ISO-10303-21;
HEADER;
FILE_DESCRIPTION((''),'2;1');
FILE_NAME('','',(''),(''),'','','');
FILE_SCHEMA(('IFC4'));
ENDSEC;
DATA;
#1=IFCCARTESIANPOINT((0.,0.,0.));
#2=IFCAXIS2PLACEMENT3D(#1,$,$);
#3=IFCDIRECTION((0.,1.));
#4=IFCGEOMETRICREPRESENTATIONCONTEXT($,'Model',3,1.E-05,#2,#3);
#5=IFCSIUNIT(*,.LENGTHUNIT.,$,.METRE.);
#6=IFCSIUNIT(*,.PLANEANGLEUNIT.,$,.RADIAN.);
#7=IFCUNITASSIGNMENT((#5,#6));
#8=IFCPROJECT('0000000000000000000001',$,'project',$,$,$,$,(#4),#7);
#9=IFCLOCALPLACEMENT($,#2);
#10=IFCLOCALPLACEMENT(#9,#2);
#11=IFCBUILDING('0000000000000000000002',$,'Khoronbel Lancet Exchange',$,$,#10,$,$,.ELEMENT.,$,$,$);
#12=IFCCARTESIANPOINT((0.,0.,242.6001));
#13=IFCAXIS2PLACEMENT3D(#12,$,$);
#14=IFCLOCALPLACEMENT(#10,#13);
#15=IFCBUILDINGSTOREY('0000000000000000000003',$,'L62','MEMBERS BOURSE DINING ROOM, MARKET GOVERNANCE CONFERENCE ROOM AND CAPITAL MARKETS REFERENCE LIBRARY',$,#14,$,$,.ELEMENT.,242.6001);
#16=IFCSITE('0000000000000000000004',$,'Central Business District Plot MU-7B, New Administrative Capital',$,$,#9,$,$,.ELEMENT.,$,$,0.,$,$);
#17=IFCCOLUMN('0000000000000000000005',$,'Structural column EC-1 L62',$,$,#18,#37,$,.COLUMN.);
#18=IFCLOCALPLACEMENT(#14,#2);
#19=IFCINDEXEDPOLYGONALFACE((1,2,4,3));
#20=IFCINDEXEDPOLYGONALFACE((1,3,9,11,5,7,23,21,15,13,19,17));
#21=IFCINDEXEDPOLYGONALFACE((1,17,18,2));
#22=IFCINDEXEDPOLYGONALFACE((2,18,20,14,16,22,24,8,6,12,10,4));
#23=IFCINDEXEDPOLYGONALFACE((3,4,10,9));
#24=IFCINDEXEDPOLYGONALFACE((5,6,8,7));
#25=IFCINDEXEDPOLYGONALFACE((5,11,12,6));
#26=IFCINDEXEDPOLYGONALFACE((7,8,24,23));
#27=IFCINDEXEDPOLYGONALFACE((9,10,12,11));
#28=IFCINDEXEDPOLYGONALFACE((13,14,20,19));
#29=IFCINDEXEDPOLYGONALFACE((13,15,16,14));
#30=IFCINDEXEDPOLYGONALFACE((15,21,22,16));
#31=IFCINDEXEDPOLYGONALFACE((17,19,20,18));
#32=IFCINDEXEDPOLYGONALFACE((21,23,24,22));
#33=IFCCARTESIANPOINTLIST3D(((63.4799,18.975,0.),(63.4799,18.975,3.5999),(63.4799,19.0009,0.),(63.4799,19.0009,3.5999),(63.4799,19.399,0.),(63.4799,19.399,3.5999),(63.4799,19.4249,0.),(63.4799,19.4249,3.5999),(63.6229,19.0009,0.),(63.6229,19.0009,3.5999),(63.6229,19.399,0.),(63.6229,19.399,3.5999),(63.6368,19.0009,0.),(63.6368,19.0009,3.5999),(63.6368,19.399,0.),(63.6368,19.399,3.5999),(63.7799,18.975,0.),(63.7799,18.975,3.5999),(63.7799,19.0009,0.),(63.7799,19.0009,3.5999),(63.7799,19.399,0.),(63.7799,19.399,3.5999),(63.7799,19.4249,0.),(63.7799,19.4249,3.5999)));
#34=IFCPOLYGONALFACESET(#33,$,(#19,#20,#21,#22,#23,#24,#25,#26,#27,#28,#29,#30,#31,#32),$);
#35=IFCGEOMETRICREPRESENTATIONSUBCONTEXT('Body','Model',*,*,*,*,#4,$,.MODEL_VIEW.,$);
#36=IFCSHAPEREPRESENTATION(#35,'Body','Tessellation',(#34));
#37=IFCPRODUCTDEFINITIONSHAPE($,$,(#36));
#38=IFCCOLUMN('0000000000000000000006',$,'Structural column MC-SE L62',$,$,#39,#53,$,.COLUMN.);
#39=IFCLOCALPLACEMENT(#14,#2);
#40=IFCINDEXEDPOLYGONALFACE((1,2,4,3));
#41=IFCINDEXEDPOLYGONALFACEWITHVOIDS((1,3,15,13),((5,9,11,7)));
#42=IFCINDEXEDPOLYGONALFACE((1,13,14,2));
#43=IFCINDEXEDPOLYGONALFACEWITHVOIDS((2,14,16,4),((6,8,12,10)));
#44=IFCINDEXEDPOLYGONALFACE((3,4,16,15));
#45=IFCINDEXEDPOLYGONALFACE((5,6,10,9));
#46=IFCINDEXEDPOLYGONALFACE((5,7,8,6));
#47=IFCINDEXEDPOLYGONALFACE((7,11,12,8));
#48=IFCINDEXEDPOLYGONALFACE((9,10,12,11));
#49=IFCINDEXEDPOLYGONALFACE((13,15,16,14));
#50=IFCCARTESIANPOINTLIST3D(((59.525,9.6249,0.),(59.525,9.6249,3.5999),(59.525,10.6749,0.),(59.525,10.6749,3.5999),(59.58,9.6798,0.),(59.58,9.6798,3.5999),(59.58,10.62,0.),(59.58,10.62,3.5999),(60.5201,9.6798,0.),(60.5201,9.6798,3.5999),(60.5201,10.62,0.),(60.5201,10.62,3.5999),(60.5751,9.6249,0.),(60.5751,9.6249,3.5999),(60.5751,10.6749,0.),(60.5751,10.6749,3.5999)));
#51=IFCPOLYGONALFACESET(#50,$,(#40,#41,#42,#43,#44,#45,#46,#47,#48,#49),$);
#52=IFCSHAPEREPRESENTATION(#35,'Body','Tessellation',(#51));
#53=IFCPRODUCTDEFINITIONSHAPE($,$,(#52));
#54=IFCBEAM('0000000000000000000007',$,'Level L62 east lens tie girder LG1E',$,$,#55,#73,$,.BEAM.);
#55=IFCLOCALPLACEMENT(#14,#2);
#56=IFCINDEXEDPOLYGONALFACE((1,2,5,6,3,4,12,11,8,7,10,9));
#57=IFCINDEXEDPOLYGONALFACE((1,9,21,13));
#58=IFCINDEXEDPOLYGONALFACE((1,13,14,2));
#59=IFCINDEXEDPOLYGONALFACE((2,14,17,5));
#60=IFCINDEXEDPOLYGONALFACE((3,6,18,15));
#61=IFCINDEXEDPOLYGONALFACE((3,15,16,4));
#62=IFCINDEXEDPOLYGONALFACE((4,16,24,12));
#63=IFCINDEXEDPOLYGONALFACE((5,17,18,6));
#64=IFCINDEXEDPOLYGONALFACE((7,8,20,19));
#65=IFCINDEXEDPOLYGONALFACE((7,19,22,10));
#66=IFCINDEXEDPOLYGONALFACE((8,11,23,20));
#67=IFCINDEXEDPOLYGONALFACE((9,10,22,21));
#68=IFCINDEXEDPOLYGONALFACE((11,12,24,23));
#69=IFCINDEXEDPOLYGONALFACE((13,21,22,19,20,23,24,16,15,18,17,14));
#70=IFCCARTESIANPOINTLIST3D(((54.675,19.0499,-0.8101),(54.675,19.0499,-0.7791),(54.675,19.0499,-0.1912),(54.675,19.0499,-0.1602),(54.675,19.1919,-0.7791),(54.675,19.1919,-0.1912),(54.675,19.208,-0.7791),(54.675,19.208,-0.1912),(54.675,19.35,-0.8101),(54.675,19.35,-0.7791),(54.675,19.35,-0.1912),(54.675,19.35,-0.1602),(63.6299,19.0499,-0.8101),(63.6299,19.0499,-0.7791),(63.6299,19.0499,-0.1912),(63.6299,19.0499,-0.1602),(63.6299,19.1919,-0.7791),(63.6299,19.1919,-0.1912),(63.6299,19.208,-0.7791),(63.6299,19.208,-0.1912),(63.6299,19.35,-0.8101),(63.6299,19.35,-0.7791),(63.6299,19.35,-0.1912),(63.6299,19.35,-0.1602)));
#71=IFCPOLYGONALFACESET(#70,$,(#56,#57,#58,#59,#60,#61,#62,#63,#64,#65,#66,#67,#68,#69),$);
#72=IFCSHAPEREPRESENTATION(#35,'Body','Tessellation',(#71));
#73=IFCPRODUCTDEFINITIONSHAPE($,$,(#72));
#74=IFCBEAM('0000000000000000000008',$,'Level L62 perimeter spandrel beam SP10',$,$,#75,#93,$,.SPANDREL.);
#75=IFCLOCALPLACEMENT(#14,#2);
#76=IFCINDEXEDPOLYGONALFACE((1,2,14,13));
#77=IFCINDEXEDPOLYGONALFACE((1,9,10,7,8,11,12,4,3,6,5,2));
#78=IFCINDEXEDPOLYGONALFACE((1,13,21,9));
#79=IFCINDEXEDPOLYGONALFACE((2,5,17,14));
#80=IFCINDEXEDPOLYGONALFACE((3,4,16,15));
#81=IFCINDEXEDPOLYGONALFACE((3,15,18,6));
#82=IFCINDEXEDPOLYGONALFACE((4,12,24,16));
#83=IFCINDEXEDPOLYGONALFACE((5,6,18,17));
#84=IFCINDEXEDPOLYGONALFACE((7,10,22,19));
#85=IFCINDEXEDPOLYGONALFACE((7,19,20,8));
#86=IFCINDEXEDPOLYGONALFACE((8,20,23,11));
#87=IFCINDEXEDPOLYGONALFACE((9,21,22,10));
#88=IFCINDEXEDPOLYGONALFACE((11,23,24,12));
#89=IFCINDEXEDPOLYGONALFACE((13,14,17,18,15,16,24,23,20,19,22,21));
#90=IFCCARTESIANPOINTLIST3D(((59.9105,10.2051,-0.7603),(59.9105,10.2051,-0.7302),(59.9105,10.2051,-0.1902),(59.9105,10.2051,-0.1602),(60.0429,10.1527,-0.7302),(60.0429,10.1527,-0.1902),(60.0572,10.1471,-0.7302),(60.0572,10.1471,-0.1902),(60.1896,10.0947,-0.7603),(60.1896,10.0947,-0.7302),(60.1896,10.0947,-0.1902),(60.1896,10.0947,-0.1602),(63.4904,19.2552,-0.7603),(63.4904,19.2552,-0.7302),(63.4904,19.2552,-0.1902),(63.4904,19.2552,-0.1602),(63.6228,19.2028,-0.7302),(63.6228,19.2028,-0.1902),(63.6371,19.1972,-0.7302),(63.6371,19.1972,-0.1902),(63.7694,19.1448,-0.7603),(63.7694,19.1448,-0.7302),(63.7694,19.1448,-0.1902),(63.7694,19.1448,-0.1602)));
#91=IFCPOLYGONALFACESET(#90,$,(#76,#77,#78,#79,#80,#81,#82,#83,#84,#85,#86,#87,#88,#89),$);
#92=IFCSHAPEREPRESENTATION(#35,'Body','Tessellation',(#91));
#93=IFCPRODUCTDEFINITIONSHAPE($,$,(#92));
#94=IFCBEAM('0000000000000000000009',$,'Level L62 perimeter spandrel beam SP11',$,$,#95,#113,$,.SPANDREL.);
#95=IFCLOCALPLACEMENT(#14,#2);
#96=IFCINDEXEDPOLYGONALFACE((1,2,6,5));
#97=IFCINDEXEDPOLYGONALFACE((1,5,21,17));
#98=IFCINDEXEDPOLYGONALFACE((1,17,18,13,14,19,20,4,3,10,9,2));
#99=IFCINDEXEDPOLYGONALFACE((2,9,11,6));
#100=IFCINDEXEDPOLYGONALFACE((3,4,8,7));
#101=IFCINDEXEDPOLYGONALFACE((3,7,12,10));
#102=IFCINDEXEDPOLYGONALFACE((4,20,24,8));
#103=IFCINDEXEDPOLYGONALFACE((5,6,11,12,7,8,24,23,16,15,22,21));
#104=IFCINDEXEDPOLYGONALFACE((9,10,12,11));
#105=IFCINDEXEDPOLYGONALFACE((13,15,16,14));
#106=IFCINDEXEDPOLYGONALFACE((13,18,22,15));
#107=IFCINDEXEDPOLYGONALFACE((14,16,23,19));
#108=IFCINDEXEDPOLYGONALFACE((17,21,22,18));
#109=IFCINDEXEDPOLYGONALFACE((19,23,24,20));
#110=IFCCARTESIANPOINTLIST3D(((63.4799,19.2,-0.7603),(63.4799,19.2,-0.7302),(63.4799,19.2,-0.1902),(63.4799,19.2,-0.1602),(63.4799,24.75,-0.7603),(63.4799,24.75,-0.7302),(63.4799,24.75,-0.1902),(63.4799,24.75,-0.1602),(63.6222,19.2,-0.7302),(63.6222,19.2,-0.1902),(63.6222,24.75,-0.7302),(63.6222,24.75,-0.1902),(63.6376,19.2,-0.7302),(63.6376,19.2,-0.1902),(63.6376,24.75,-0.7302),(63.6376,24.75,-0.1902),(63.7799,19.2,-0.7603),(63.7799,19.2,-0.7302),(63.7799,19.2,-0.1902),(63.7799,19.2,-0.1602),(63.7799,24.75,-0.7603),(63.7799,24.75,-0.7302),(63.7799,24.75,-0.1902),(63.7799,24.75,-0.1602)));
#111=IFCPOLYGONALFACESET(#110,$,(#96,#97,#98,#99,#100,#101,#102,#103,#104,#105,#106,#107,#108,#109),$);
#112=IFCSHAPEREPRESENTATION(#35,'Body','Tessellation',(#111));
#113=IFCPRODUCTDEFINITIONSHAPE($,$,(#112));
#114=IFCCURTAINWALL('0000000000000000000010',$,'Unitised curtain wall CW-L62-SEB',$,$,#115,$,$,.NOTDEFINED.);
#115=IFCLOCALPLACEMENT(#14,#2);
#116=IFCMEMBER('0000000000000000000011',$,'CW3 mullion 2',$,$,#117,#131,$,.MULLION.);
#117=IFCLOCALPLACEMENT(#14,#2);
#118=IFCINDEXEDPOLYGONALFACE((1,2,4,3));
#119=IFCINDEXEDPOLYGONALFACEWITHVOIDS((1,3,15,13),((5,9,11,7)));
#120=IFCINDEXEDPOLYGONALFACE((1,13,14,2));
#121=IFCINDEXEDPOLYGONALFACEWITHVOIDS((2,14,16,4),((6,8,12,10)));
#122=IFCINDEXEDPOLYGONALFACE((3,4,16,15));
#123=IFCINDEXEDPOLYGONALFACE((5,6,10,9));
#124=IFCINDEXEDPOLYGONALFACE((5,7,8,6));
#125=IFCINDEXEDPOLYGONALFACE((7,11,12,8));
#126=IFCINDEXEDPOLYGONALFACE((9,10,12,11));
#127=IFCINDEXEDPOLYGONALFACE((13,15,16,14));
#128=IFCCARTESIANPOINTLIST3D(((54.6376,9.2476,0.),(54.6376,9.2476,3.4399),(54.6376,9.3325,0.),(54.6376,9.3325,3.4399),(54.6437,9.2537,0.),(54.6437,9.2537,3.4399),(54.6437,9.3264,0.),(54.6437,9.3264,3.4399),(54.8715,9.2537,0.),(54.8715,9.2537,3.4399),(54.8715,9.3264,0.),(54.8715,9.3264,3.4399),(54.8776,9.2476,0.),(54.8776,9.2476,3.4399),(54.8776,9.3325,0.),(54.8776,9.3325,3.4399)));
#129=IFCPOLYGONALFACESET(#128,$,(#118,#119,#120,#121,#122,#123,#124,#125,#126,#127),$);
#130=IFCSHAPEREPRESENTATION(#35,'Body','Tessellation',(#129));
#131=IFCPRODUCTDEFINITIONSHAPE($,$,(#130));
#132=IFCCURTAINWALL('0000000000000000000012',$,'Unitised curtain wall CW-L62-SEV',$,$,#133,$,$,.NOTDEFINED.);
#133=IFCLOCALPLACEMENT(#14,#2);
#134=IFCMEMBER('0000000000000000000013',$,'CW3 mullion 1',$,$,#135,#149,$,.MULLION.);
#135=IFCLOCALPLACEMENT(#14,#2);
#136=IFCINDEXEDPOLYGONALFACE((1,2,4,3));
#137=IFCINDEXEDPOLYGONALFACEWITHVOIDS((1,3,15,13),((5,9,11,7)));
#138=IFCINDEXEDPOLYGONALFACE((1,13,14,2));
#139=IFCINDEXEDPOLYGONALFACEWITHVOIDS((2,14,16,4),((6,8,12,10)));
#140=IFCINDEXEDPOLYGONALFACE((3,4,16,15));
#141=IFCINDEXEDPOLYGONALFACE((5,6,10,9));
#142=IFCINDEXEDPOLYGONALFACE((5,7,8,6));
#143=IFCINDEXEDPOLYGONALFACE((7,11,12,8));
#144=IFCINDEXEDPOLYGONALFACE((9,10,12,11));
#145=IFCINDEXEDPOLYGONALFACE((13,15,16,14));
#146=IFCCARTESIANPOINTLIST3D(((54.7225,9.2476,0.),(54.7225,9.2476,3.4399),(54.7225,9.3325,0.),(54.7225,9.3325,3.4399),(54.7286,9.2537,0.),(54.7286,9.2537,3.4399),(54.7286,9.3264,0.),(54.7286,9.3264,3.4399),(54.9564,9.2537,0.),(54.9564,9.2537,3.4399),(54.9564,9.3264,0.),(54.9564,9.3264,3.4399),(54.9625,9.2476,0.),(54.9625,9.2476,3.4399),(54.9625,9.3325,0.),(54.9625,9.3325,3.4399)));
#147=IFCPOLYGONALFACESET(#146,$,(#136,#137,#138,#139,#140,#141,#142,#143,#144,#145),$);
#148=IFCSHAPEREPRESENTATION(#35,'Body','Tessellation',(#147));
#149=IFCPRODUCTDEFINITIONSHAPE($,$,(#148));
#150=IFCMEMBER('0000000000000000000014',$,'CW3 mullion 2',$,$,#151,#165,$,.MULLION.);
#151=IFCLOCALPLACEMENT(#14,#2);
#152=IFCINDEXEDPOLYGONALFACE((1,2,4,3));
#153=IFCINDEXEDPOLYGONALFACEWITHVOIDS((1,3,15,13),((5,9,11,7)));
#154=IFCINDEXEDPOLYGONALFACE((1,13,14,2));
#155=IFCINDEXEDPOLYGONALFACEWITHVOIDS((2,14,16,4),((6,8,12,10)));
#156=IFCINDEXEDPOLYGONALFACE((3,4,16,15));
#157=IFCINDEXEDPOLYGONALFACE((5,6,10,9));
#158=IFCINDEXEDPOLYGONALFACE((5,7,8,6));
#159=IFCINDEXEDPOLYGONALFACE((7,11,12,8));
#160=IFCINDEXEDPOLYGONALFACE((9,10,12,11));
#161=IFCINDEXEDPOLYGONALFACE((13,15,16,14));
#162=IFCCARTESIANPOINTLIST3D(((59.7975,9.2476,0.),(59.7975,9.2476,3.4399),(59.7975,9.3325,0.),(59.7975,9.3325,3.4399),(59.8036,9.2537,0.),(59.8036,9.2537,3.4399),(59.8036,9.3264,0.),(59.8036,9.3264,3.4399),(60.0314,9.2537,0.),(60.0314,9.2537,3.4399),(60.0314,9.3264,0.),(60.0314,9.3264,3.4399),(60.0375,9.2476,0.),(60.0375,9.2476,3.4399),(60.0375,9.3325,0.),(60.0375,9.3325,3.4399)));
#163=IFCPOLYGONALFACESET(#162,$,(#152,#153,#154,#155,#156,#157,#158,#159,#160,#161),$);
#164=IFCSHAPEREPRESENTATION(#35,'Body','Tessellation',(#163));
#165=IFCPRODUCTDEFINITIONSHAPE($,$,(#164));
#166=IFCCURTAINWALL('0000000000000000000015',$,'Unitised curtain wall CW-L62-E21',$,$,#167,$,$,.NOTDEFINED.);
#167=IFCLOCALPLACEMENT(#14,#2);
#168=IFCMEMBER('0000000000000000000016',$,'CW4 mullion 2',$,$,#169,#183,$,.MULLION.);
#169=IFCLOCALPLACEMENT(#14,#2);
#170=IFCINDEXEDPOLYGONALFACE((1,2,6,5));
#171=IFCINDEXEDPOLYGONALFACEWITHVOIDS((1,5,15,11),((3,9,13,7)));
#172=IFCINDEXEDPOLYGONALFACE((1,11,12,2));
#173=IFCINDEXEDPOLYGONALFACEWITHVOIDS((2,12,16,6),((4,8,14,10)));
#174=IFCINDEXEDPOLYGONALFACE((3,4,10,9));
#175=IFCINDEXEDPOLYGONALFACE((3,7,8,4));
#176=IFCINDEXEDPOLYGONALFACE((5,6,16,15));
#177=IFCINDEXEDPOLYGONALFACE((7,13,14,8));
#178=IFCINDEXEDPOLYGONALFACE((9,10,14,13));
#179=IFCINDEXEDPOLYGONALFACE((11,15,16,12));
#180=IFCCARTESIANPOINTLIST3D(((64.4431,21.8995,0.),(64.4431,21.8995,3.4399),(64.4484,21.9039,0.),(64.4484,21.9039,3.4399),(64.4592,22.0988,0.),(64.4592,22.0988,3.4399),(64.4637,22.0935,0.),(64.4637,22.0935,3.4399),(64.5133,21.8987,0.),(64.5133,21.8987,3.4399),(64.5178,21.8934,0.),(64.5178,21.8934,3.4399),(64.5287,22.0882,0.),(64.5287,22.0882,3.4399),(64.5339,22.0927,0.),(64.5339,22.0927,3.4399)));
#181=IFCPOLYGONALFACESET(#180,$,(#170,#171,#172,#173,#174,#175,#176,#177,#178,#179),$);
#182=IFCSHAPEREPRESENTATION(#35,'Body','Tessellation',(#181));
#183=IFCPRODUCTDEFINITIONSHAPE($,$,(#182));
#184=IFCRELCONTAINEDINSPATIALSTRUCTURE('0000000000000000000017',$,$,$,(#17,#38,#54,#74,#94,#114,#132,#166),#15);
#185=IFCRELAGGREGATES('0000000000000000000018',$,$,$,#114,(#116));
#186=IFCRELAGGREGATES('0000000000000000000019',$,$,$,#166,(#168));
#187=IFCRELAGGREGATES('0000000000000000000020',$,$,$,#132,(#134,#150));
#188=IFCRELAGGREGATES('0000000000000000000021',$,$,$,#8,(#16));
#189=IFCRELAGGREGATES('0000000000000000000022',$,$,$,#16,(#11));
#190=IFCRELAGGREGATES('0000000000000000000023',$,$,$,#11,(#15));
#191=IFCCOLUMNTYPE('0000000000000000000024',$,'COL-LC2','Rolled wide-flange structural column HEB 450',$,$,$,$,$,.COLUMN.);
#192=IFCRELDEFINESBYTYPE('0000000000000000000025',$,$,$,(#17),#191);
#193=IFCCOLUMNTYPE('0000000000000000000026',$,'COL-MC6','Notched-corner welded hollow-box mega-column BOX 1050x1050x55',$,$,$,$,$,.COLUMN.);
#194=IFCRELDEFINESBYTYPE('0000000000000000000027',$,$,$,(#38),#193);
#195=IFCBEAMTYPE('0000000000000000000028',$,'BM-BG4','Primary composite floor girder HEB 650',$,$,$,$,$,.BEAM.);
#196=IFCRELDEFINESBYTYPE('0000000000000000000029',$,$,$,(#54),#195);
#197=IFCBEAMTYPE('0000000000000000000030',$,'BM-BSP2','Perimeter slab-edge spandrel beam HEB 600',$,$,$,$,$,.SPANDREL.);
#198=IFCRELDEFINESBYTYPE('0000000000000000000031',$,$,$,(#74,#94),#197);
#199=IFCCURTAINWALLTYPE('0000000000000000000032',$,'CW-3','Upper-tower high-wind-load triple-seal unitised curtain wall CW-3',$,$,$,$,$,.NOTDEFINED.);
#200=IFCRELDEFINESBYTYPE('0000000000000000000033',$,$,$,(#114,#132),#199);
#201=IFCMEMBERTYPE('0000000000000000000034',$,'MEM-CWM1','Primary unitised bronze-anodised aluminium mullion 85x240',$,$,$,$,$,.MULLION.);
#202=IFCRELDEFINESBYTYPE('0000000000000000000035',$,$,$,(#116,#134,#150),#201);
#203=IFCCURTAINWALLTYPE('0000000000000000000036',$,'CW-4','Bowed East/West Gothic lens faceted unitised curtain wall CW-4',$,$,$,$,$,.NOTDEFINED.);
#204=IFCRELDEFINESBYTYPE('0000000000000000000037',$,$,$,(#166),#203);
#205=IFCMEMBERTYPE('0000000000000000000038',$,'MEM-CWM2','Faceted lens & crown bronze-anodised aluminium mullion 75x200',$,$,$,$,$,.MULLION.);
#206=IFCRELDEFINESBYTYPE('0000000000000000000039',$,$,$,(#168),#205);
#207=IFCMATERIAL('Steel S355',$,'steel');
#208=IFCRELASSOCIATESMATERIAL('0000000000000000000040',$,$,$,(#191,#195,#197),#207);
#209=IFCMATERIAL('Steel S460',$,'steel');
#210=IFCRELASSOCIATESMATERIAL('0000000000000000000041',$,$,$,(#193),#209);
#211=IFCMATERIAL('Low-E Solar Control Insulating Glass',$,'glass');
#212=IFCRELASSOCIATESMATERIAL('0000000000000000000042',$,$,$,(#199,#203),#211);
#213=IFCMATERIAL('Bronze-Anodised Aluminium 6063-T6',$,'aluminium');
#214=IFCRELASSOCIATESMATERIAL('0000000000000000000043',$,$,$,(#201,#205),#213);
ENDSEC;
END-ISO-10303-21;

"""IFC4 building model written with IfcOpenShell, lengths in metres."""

from ifc_helpers import new_model, si_unit, direction, frame, origin, origin_2d, place, context, subcontext, project, spatial, hollow_rectangle, i_section, extrude, material, material_profile, profile_set, type_object, element, aggregate, save


model = new_model("IFC4")

# Units and contexts
model_context = context("Model", 3, precision=1e-05, world=origin(), true_north=direction((0.0, 1.0)))
body_context = subcontext(model_context, "Body", "Model", "MODEL_VIEW")
ifc_project = project(units=[si_unit("LENGTHUNIT", "METRE"), si_unit("PLANEANGLEUNIT", "RADIAN")], contexts=[model_context])

# Site, building, storey
site_placement = place(None, origin())
site = spatial("IfcSite", under=ifc_project, at=site_placement, Name="Central Business District Plot MU-7B, New Administrative Capital", CompositionType="ELEMENT", RefElevation=0.0)
building_placement = place(site_placement, origin())
building = spatial("IfcBuilding", under=site, at=building_placement, Name="Khoronbel Lancet Exchange", CompositionType="ELEMENT")
storey_placement = place(building_placement, frame((0.0, 0.0, 242.6001)))
storey = spatial("IfcBuildingStorey", under=building, at=storey_placement, Name="L62", Description="MEMBERS BOURSE DINING ROOM, MARKET GOVERNANCE CONFERENCE ROOM AND CAPITAL MARKETS REFERENCE LIBRARY", CompositionType="ELEMENT", Elevation=242.6001)

# Columns
ifc_material_1 = material(Name="Steel S355", Category="steel")
ifc_material_profile_1 = material_profile(ifc_material_1, i_section(OverallWidth=0.3, OverallDepth=0.45, WebThickness=0.0139, FlangeThickness=0.0259, at=origin_2d()), Name="HEB 450")
ifc_profile_set_1 = profile_set([ifc_material_profile_1], Name="Steel S355")
column_type_1 = type_object("IfcColumnType", Name="COL-LC2", Description="Rolled wide-flange structural column HEB 450", PredefinedType="COLUMN", material=ifc_profile_set_1)
column_1_placement = place(storey_placement, frame((63.6299, 19.2, 0.0), z_axis=(0.0, 0.0, 1.0), x_axis=(1.0, 0.0, 0.0)))
element("IfcColumn", 1, at=column_1_placement, inside=storey, type_object=column_type_1, Name="Structural column EC-1 L62", PredefinedType="COLUMN", context=body_context, shape_type="SweptSolid", body=[
    extrude(i_section(OverallWidth=0.3, OverallDepth=0.45, WebThickness=0.0139, FlangeThickness=0.0259, at=origin_2d()), origin(), (0.0, 0.0, 1.0), 3.5999),
])
ifc_material_2 = material(Name="Steel S460", Category="steel")
ifc_material_profile_2 = material_profile(ifc_material_2, hollow_rectangle(XDim=1.05, YDim=1.05, WallThickness=0.0549, at=origin_2d()), Name="BOX 1050x1050x55")
ifc_profile_set_2 = profile_set([ifc_material_profile_2], Name="Steel S460")
column_type_2 = type_object("IfcColumnType", Name="COL-MC6", Description="Notched-corner welded hollow-box mega-column BOX 1050x1050x55", PredefinedType="COLUMN", material=ifc_profile_set_2)
column_2_placement = place(storey_placement, frame((60.05, 10.1499, 0.0), z_axis=(0.0, 0.0, 1.0), x_axis=(1.0, 0.0, 0.0)))
element("IfcColumn", 2, at=column_2_placement, inside=storey, type_object=column_type_2, Name="Structural column MC-SE L62", PredefinedType="COLUMN", context=body_context, shape_type="SweptSolid", body=[
    extrude(hollow_rectangle(XDim=1.05, YDim=1.05, WallThickness=0.0549, at=origin_2d()), origin(), (0.0, 0.0, 1.0), 3.5999),
])

# Beams
ifc_material_profile_3 = material_profile(ifc_material_1, i_section(OverallWidth=0.3, OverallDepth=0.6499, WebThickness=0.0161, FlangeThickness=0.031, at=origin_2d()), Name="HEB 650")
ifc_profile_set_3 = profile_set([ifc_material_profile_3], Name="Steel S355")
beam_type_1 = type_object("IfcBeamType", Name="BM-BG4", Description="Primary composite floor girder HEB 650", PredefinedType="BEAM", material=ifc_profile_set_3)
beam_1_placement = place(storey_placement, frame((54.675, 19.2, -0.4851), z_axis=(1.0, 0.0, 0.0), x_axis=(0.0, 1.0, 0.0)))
element("IfcBeam", 3, at=beam_1_placement, inside=storey, type_object=beam_type_1, Name="Level L62 east lens tie girder LG1E", PredefinedType="BEAM", context=body_context, shape_type="SweptSolid", body=[
    extrude(i_section(OverallWidth=0.3, OverallDepth=0.6499, WebThickness=0.0161, FlangeThickness=0.031, at=origin_2d()), origin(), (0.0, 0.0, 1.0), 8.9548),
])
ifc_material_profile_4 = material_profile(ifc_material_1, i_section(OverallWidth=0.3, OverallDepth=0.6001, WebThickness=0.0154, FlangeThickness=0.03, at=origin_2d()), Name="HEB 600")
ifc_profile_set_4 = profile_set([ifc_material_profile_4], Name="Steel S355")
beam_type_2 = type_object("IfcBeamType", Name="BM-BSP2", Description="Perimeter slab-edge spandrel beam HEB 600", PredefinedType="SPANDREL", material=ifc_profile_set_4)
beam_2_placement = place(storey_placement, frame((60.05, 10.1499, -0.4602), z_axis=(0.367828, 0.929894, 0.0), x_axis=(-0.929894, 0.367828, 0.0)))
element("IfcBeam", 4, at=beam_2_placement, inside=storey, type_object=beam_type_2, Name="Level L62 perimeter spandrel beam SP10", PredefinedType="SPANDREL", context=body_context, shape_type="SweptSolid", body=[
    extrude(i_section(OverallWidth=0.3, OverallDepth=0.6001, WebThickness=0.0154, FlangeThickness=0.03, at=origin_2d()), origin(), (0.0, 0.0, 1.0), 9.7324),
])
beam_3_placement = place(storey_placement, frame((63.6299, 19.2, -0.4602), z_axis=(0.0, 1.0, 0.0), x_axis=(-1.0, 0.0, 0.0)))
element("IfcBeam", 5, at=beam_3_placement, inside=storey, type_object=beam_type_2, Name="Level L62 perimeter spandrel beam SP11", PredefinedType="SPANDREL", context=body_context, shape_type="SweptSolid", body=[
    extrude(i_section(OverallWidth=0.3, OverallDepth=0.6001, WebThickness=0.0154, FlangeThickness=0.03, at=origin_2d()), origin(), (0.0, 0.0, 1.0), 5.55),
])

# Curtain wall, member
ifc_material_3 = material(Name="Low-E Solar Control Insulating Glass", Category="glass")
curtain_wall_type_1 = type_object("IfcCurtainWallType", Name="CW-3", Description="Upper-tower high-wind-load triple-seal unitised curtain wall CW-3", PredefinedType="NOTDEFINED", material=ifc_material_3)
curtain_wall_1_placement = place(storey_placement, origin())
curtain_wall_1 = element("IfcCurtainWall", 6, at=curtain_wall_1_placement, inside=storey, type_object=curtain_wall_type_1, Name="Unitised curtain wall CW-L62-SEB", PredefinedType="NOTDEFINED")
ifc_material_4 = material(Name="Bronze-Anodised Aluminium 6063-T6", Category="aluminium")
ifc_material_profile_5 = material_profile(ifc_material_4, hollow_rectangle(XDim=0.085, YDim=0.24, WallThickness=0.0061, at=origin_2d()), Name="ALU MULLION 85x240")
ifc_profile_set_5 = profile_set([ifc_material_profile_5], Name="Bronze-Anodised Aluminium 6063-T6")
member_type_1 = type_object("IfcMemberType", Name="MEM-CWM1", Description="Primary unitised bronze-anodised aluminium mullion 85x240", PredefinedType="MULLION", material=ifc_profile_set_5)
member_1_placement = place(storey_placement, frame((54.7576, 9.29, 0.0), z_axis=(0.0, 0.0, 1.0), x_axis=(0.0, 1.0, 0.0)))
member_1 = element("IfcMember", 7, at=member_1_placement, type_object=member_type_1, Name="CW3 mullion 2", PredefinedType="MULLION", context=body_context, shape_type="SweptSolid", body=[
    extrude(hollow_rectangle(XDim=0.085, YDim=0.24, WallThickness=0.0061, at=origin_2d()), origin(), (0.0, 0.0, 1.0), 3.4399),
])
aggregate(curtain_wall_1, [member_1])

# Curtain wall, members
curtain_wall_2_placement = place(storey_placement, origin())
curtain_wall_2 = element("IfcCurtainWall", 8, at=curtain_wall_2_placement, inside=storey, type_object=curtain_wall_type_1, Name="Unitised curtain wall CW-L62-SEV", PredefinedType="NOTDEFINED")
member_2_placement = place(storey_placement, frame((54.8425, 9.29, 0.0), z_axis=(0.0, 0.0, 1.0), x_axis=(0.0, 1.0, 0.0)))
member_2 = element("IfcMember", 9, at=member_2_placement, type_object=member_type_1, Name="CW3 mullion 1", PredefinedType="MULLION", context=body_context, shape_type="SweptSolid", body=[
    extrude(hollow_rectangle(XDim=0.085, YDim=0.24, WallThickness=0.0061, at=origin_2d()), origin(), (0.0, 0.0, 1.0), 3.4399),
])
member_3_placement = place(storey_placement, frame((59.9175, 9.29, 0.0), z_axis=(0.0, 0.0, 1.0), x_axis=(0.0, 1.0, 0.0)))
member_3 = element("IfcMember", 10, at=member_3_placement, type_object=member_type_1, Name="CW3 mullion 2", PredefinedType="MULLION", context=body_context, shape_type="SweptSolid", body=[
    extrude(hollow_rectangle(XDim=0.085, YDim=0.24, WallThickness=0.0061, at=origin_2d()), origin(), (0.0, 0.0, 1.0), 3.4399),
])

# Curtain wall, member
curtain_wall_type_2 = type_object("IfcCurtainWallType", Name="CW-4", Description="Bowed East/West Gothic lens faceted unitised curtain wall CW-4", PredefinedType="NOTDEFINED", material=ifc_material_3)
curtain_wall_3_placement = place(storey_placement, origin())
curtain_wall_3 = element("IfcCurtainWall", 11, at=curtain_wall_3_placement, inside=storey, type_object=curtain_wall_type_2, Name="Unitised curtain wall CW-L62-E21", PredefinedType="NOTDEFINED")
ifc_material_profile_6 = material_profile(ifc_material_4, hollow_rectangle(XDim=0.075, YDim=0.2, WallThickness=0.0049, at=origin_2d()), Name="ALU MULLION 75x200")
ifc_profile_set_6 = profile_set([ifc_material_profile_6], Name="Bronze-Anodised Aluminium 6063-T6")
member_type_2 = type_object("IfcMemberType", Name="MEM-CWM2", Description="Faceted lens & crown bronze-anodised aluminium mullion 75x200", PredefinedType="MULLION", material=ifc_profile_set_6)
member_4_placement = place(storey_placement, frame((64.4885, 21.9961, 0.0), z_axis=(0.0, 0.0, 1.0), x_axis=(0.996743, -0.08064, 0.0)))
member_4 = element("IfcMember", 12, at=member_4_placement, type_object=member_type_2, Name="CW4 mullion 2", PredefinedType="MULLION", context=body_context, shape_type="SweptSolid", body=[
    extrude(hollow_rectangle(XDim=0.075, YDim=0.2, WallThickness=0.0049, at=origin_2d()), origin(), (0.0, 0.0, 1.0), 3.4399),
])
aggregate(curtain_wall_3, [member_4])

aggregate(curtain_wall_2, [member_2, member_3])

save(model, "model.ifc")
